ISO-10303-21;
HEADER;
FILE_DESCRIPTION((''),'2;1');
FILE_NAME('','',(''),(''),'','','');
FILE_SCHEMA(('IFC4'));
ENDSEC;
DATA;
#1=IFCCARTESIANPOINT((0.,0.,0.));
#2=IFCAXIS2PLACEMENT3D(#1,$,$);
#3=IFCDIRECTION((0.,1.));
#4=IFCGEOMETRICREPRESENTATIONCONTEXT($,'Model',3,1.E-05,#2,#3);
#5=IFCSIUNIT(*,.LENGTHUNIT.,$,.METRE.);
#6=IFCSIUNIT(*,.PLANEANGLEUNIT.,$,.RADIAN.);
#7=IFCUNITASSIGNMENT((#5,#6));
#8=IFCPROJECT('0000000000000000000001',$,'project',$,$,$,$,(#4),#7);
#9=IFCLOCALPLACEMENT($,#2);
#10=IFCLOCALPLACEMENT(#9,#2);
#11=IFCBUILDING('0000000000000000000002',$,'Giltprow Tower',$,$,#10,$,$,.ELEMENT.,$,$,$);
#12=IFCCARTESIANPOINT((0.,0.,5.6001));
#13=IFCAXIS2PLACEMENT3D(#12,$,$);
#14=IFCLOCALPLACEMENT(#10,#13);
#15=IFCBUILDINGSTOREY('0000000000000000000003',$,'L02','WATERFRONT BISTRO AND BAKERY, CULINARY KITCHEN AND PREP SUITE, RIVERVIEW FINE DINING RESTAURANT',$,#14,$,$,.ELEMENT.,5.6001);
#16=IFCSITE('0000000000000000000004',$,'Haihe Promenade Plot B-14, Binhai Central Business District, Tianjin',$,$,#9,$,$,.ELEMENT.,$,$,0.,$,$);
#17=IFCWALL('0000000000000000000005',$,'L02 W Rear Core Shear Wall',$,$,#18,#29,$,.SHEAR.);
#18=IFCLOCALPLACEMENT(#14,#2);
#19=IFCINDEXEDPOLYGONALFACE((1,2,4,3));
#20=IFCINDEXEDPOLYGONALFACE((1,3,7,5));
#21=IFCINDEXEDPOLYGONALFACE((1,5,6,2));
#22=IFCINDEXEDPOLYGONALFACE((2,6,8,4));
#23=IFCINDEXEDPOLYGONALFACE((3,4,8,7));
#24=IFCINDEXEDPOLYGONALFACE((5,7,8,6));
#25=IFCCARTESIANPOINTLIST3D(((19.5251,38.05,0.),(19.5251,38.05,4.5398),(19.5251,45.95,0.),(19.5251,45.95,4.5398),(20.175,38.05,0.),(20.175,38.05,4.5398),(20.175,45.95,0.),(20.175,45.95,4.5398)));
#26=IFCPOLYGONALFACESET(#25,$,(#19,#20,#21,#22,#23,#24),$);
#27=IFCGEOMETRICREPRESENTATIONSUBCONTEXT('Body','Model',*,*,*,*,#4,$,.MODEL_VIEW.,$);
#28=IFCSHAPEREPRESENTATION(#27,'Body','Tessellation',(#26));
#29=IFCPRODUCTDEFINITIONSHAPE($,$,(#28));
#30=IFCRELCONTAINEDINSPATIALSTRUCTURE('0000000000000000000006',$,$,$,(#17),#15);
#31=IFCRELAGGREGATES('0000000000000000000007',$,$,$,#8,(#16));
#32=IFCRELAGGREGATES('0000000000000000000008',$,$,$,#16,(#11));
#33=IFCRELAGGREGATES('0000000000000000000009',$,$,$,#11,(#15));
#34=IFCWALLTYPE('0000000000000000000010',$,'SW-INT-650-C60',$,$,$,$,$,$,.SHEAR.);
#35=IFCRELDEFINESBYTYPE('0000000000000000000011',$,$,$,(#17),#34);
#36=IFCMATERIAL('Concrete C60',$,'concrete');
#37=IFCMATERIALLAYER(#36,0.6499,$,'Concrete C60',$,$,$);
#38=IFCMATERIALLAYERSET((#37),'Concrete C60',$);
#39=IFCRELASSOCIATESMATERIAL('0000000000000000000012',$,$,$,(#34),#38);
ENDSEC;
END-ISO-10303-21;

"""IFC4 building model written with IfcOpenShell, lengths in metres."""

from ifc_helpers import new_model, si_unit, direction, frame, frame_2d, origin, place, context, subcontext, project, spatial, rectangle, extrude, material, layer, layer_set, type_object, element, save


model = new_model("IFC4")

# Units and contexts
model_context = context("Model", 3, precision=1e-05, world=origin(), true_north=direction((0.0, 1.0)))
body_context = subcontext(model_context, "Body", "Model", "MODEL_VIEW")
ifc_project = project(units=[si_unit("LENGTHUNIT", "METRE"), si_unit("PLANEANGLEUNIT", "RADIAN")], contexts=[model_context])

# Site, building, storey
site_placement = place(None, origin())
site = spatial("IfcSite", under=ifc_project, at=site_placement, Name="Haihe Promenade Plot B-14, Binhai Central Business District, Tianjin", CompositionType="ELEMENT", RefElevation=0.0)
building_placement = place(site_placement, origin())
building = spatial("IfcBuilding", under=site, at=building_placement, Name="Giltprow Tower", CompositionType="ELEMENT")
storey_placement = place(building_placement, frame((0.0, 0.0, 5.6001)))
storey = spatial("IfcBuildingStorey", under=building, at=storey_placement, Name="L02", Description="WATERFRONT BISTRO AND BAKERY, CULINARY KITCHEN AND PREP SUITE, RIVERVIEW FINE DINING RESTAURANT", CompositionType="ELEMENT", Elevation=5.6001)

# Shared definitions
ifc_material_1 = material(Name="Concrete C60", Category="concrete")

# Shared definitions
ifc_layer_1 = layer(ifc_material_1, 0.6499, Name="Concrete C60")
ifc_layer_set_1 = layer_set([ifc_layer_1], Name="Concrete C60")
wall_type_1 = type_object("IfcWallType", Name="SW-INT-650-C60", PredefinedType="SHEAR", material=ifc_layer_set_1)

# Wall
wall_1_placement = place(storey_placement, frame((19.8501, 38.05, 0.0), z_axis=(0.0, 0.0, 1.0), x_axis=(0.0, 1.0, 0.0)))
element("IfcWall", 1, at=wall_1_placement, inside=storey, type_object=wall_type_1, Name="L02 W Rear Core Shear Wall", PredefinedType="SHEAR", context=body_context, shape_type="SweptSolid", body=[
    extrude(rectangle(XDim=7.8999, YDim=0.6499, at=frame_2d((3.95, 0.0))), origin(), (0.0, 0.0, 1.0), 4.5398),
])

save(model, "model.ifc")
